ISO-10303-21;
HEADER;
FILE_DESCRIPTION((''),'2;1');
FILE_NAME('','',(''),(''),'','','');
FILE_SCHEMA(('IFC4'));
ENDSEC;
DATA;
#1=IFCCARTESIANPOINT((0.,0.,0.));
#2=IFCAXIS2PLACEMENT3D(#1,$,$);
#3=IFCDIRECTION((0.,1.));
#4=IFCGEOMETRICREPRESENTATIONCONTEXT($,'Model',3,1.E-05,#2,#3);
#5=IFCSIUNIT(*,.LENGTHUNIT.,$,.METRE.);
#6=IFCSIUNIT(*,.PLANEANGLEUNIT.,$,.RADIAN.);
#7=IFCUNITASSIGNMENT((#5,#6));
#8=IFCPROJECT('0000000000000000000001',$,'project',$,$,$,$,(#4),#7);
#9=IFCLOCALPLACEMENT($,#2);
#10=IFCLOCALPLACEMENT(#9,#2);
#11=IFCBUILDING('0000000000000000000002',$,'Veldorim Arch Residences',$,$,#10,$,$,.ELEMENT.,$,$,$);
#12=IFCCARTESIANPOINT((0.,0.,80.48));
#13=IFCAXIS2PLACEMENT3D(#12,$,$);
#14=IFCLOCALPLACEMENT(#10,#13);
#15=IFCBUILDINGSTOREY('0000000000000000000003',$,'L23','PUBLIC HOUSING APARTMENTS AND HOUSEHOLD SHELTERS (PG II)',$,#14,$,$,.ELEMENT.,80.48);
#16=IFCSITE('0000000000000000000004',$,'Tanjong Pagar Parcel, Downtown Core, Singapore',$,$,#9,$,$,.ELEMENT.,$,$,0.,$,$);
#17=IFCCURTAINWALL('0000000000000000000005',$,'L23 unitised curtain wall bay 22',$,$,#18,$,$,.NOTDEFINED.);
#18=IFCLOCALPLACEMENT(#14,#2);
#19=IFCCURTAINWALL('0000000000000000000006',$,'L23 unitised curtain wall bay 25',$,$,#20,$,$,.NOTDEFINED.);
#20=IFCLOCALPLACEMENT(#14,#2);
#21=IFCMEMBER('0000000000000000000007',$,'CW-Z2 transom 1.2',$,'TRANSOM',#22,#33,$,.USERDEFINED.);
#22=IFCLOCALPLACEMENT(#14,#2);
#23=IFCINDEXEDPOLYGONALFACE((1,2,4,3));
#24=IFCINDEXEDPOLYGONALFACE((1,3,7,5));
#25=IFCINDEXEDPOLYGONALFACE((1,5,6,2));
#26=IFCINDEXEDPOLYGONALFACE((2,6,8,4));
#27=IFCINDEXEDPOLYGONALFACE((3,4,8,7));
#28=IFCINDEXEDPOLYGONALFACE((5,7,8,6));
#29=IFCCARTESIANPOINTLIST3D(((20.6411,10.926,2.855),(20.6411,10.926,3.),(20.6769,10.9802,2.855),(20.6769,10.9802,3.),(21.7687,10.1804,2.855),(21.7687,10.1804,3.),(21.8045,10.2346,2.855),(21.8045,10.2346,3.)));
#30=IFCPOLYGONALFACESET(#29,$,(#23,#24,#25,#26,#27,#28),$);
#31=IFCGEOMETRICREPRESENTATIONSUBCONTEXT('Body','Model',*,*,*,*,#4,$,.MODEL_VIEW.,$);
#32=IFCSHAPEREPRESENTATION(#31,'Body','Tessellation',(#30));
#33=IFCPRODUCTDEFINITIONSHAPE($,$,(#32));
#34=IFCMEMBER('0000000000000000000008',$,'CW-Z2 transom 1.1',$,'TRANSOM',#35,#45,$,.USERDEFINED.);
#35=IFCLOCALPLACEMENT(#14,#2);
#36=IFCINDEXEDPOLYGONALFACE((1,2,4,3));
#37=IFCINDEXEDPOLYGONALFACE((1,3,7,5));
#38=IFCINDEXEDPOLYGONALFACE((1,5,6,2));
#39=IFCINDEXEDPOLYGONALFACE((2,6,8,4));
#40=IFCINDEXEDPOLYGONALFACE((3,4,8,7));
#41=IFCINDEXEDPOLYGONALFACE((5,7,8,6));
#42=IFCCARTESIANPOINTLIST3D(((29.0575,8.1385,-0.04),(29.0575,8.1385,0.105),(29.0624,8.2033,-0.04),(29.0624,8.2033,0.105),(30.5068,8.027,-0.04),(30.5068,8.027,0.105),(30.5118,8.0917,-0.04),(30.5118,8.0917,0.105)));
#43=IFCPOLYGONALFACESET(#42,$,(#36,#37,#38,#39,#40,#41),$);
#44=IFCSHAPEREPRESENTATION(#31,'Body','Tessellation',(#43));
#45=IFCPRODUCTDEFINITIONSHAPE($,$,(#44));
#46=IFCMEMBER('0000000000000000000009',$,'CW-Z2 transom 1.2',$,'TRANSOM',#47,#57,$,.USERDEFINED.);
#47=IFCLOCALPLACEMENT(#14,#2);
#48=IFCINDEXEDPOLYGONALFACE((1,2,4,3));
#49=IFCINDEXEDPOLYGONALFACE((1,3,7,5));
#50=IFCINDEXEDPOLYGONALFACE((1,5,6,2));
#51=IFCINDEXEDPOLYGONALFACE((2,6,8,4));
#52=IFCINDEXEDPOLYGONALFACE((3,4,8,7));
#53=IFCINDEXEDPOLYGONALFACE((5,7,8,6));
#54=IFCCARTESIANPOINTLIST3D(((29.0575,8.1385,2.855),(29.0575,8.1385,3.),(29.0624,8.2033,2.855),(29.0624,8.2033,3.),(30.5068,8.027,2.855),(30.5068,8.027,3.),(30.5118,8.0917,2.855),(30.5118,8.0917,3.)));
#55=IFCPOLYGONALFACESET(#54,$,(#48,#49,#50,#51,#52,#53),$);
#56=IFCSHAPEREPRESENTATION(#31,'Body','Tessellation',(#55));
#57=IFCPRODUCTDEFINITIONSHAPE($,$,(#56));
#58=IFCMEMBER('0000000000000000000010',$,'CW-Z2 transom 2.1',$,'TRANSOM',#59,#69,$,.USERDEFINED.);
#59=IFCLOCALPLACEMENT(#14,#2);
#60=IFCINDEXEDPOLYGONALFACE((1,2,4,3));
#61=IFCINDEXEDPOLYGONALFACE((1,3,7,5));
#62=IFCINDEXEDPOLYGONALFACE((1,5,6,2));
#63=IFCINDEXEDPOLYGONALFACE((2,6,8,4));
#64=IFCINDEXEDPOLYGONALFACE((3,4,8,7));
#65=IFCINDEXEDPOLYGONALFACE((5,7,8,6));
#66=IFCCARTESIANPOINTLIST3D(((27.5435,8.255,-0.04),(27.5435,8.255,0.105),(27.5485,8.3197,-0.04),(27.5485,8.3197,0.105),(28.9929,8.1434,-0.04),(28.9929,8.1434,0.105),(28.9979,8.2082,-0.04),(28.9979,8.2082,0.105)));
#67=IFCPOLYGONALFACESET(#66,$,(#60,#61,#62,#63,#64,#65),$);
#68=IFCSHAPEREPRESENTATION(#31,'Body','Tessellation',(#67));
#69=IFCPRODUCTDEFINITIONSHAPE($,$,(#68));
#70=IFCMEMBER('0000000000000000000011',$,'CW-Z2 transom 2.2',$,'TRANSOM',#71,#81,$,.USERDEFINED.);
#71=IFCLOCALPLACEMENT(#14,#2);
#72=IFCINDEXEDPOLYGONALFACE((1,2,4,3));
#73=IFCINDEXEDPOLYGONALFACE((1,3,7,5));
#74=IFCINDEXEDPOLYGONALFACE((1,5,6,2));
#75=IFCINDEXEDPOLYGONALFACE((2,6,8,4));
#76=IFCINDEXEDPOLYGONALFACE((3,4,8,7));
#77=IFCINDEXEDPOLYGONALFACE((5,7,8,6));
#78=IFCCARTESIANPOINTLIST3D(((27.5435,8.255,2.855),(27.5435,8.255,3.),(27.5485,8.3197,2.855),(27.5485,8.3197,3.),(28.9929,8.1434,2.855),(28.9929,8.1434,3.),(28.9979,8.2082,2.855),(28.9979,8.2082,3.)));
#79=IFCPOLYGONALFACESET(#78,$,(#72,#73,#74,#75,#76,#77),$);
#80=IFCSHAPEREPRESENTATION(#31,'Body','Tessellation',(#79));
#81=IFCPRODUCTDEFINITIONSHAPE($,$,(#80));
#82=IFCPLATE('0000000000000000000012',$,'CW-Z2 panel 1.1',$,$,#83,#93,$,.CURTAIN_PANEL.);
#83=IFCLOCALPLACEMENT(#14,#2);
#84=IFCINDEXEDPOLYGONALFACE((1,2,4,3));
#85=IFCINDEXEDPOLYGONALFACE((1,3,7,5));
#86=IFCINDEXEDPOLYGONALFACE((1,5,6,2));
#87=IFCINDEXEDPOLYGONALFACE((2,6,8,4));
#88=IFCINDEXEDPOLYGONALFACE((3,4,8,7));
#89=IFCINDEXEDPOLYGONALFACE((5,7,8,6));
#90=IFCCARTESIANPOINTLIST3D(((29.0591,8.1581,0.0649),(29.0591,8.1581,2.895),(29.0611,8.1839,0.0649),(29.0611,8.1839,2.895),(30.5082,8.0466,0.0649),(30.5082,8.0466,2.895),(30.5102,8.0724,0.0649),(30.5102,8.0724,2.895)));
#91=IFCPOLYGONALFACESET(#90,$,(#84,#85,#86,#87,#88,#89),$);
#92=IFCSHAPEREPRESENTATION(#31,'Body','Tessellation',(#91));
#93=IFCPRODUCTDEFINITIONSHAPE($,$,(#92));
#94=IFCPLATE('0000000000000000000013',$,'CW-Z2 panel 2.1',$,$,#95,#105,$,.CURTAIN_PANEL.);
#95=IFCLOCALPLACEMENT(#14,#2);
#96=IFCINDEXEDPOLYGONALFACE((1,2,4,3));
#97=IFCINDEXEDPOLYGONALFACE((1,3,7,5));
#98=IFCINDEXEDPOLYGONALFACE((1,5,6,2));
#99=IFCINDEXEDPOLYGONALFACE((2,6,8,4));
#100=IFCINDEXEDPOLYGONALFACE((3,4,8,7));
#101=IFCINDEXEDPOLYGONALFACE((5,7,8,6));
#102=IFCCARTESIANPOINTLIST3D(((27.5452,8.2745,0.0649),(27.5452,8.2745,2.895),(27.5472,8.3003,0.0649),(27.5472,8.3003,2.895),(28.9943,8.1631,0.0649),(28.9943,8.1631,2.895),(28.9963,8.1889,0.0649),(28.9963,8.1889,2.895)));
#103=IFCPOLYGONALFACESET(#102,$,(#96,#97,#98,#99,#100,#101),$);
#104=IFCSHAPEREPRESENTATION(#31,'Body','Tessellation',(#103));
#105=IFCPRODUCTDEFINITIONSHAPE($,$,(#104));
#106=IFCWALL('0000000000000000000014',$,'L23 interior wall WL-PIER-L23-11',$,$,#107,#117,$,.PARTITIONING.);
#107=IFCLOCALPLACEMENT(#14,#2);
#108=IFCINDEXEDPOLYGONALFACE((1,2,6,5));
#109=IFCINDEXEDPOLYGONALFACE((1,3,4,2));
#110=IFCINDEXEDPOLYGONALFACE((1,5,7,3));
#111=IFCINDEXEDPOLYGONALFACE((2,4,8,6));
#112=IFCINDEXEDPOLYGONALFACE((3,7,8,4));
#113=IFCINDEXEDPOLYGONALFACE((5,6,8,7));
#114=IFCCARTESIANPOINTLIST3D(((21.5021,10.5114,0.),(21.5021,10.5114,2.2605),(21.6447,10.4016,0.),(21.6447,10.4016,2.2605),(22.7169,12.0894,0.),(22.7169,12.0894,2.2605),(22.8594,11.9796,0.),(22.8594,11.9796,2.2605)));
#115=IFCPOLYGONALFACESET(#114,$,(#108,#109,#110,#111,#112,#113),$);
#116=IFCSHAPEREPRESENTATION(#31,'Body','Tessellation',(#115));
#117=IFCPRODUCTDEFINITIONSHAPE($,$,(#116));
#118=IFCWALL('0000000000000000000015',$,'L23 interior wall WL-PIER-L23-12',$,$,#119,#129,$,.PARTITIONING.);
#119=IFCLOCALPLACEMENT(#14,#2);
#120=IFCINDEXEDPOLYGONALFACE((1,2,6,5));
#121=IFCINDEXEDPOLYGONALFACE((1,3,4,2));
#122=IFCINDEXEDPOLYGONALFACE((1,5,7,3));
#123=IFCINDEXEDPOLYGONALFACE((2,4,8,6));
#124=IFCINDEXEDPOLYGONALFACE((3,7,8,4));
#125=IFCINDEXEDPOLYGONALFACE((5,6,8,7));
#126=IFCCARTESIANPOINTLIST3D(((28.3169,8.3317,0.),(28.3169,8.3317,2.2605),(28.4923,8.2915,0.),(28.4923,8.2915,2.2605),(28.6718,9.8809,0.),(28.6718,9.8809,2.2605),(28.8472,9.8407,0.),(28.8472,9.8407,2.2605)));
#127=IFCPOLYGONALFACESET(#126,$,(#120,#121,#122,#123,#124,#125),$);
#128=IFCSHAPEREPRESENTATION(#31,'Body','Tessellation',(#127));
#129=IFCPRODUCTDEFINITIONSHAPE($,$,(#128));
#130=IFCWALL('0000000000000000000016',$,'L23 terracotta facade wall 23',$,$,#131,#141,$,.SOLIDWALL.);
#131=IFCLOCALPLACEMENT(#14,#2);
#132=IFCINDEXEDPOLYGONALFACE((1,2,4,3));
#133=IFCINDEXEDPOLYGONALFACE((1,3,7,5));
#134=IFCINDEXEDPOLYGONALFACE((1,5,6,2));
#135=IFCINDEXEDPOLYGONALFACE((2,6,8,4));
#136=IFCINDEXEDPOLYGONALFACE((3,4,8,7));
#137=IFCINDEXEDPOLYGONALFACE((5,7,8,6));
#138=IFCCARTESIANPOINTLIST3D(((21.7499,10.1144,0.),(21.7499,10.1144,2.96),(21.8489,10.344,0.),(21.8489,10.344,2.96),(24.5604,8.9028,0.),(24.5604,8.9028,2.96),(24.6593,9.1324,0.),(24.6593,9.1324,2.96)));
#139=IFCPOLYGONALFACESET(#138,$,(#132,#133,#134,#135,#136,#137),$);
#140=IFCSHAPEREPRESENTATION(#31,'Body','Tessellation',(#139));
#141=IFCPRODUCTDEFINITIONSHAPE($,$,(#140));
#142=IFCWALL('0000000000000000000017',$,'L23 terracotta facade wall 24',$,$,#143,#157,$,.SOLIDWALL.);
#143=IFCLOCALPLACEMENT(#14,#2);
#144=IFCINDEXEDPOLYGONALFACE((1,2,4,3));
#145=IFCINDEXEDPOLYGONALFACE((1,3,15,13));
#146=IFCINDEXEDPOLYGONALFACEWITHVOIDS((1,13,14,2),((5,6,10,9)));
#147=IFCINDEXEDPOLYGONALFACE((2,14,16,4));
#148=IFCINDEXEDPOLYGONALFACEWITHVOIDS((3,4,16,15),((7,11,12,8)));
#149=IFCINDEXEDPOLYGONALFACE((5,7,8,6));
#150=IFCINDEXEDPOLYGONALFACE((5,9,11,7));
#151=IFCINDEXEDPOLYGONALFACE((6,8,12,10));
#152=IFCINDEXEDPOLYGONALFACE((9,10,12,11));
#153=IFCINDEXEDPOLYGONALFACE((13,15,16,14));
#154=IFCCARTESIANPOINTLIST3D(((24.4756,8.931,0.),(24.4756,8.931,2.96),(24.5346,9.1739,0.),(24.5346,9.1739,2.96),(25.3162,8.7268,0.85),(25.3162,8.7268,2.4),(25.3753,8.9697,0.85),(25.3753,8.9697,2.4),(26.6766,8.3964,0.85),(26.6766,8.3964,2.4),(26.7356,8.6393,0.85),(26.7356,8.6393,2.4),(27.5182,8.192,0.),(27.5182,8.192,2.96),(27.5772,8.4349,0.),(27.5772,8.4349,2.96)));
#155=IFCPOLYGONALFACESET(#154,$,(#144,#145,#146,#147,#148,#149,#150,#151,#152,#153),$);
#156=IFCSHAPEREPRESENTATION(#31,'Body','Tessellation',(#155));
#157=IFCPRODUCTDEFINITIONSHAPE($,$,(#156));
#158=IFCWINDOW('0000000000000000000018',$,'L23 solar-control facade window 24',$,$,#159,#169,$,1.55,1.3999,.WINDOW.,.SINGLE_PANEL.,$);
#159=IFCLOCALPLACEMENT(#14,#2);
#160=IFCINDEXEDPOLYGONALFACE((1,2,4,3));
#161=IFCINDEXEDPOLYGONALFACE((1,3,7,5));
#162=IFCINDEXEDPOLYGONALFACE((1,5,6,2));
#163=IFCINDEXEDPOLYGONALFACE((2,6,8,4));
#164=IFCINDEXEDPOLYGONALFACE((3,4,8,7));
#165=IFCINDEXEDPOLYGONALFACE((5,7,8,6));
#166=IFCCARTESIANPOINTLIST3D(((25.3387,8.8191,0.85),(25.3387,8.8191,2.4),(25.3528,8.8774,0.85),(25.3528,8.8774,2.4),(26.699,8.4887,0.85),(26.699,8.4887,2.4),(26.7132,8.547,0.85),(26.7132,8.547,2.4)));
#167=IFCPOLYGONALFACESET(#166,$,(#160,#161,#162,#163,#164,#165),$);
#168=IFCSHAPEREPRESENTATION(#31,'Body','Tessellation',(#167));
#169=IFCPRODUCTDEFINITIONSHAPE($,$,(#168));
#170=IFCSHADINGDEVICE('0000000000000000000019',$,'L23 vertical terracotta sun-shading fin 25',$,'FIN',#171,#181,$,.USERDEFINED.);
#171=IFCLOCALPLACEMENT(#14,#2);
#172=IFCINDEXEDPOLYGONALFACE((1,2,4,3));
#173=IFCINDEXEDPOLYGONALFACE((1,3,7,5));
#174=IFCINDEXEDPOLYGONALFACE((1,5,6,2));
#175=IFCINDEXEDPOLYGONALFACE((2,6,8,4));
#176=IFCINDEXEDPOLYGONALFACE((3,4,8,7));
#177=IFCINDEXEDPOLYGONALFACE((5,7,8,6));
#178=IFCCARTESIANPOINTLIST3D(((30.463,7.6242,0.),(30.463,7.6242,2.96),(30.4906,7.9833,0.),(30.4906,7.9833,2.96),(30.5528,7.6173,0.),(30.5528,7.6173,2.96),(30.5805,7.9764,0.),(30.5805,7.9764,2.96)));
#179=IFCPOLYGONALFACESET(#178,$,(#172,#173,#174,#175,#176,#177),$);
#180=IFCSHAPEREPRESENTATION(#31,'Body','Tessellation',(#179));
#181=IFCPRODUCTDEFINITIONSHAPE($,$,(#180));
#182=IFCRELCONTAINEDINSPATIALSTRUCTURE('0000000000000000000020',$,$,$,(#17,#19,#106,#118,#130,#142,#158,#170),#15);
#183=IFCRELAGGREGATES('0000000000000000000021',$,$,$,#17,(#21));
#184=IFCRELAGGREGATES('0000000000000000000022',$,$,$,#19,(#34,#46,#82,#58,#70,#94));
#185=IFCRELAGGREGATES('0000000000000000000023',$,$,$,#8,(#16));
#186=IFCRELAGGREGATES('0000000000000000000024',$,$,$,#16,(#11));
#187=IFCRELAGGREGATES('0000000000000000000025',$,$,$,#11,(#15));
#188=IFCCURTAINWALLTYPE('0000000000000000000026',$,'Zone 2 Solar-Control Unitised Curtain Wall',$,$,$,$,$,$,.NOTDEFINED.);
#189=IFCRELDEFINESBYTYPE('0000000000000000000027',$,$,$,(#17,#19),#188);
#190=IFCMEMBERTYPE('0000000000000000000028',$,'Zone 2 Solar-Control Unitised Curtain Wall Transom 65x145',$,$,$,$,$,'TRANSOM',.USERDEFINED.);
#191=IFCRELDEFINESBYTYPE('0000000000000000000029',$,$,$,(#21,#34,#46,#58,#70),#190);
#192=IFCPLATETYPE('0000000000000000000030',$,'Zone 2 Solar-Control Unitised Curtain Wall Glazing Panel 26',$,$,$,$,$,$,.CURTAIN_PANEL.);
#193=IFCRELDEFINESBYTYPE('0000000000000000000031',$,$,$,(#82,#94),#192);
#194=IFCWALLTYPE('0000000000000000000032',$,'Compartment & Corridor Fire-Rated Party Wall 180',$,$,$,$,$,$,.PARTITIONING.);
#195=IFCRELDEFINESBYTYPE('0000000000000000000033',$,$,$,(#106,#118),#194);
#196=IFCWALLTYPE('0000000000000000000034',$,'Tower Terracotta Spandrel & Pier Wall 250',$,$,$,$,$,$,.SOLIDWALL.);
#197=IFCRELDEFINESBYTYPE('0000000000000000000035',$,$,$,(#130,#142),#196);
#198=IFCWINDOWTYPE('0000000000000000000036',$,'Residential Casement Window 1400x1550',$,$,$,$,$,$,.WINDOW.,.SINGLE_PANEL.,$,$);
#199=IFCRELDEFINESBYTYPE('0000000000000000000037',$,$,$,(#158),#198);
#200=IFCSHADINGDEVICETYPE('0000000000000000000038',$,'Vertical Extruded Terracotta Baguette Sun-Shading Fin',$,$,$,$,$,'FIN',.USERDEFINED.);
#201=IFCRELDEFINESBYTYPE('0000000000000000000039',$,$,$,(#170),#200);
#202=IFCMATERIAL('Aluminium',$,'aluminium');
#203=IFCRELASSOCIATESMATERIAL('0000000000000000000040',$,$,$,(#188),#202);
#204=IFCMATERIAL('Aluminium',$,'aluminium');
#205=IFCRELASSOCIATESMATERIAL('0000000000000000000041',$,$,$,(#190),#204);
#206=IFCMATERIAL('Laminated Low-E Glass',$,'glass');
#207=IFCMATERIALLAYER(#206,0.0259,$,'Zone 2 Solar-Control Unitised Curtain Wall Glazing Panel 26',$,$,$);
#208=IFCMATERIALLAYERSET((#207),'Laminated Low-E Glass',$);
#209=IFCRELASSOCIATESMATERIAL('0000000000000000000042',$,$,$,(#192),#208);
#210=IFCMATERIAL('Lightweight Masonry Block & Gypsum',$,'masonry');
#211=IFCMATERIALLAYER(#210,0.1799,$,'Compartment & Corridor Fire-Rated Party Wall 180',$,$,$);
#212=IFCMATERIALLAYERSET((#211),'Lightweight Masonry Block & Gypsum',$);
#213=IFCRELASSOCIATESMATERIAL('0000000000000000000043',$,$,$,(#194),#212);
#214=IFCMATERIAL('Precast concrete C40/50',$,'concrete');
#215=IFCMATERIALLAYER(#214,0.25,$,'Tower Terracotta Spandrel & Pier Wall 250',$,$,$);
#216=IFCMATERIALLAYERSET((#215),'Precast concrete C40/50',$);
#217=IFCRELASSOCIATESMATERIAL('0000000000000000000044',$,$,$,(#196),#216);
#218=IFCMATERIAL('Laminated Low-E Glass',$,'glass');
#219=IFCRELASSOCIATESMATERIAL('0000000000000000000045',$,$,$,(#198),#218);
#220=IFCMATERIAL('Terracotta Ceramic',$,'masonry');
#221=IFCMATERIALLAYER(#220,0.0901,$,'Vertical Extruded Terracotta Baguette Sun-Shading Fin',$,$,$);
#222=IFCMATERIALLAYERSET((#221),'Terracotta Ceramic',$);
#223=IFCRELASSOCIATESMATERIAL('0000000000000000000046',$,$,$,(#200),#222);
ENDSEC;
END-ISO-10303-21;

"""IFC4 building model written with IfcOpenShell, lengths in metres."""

from ifc_helpers import new_model, si_unit, direction, frame, frame_2d, origin, origin_2d, place, context, subcontext, project, spatial, rectangle, extrude, material, layer, layer_set, material_profile, profile_set, type_object, element, fill, aggregate, save


model = new_model("IFC4")

# Units and contexts
model_context = context("Model", 3, precision=1e-05, world=origin(), true_north=direction((0.0, 1.0)))
body_context = subcontext(model_context, "Body", "Model", "MODEL_VIEW")
ifc_project = project(units=[si_unit("LENGTHUNIT", "METRE"), si_unit("PLANEANGLEUNIT", "RADIAN")], contexts=[model_context])

# Site, building, storey
site_placement = place(None, origin())
site = spatial("IfcSite", under=ifc_project, at=site_placement, Name="Tanjong Pagar Parcel, Downtown Core, Singapore", CompositionType="ELEMENT", RefElevation=0.0)
building_placement = place(site_placement, origin())
building = spatial("IfcBuilding", under=site, at=building_placement, Name="Veldorim Arch Residences", CompositionType="ELEMENT")
storey_placement = place(building_placement, frame((0.0, 0.0, 80.48)))
storey = spatial("IfcBuildingStorey", under=building, at=storey_placement, Name="L23", Description="PUBLIC HOUSING APARTMENTS AND HOUSEHOLD SHELTERS (PG II)", CompositionType="ELEMENT", Elevation=80.48)

# Curtain wall
ifc_material_1 = material(Name="Aluminium", Category="aluminium")
curtain_wall_type = type_object("IfcCurtainWallType", Name="Zone 2 Solar-Control Unitised Curtain Wall", PredefinedType="NOTDEFINED", material=ifc_material_1)
curtain_wall_1_placement = place(storey_placement, origin())
curtain_wall_1 = element("IfcCurtainWall", 1, at=curtain_wall_1_placement, inside=storey, type_object=curtain_wall_type, Name="L23 unitised curtain wall bay 22", PredefinedType="NOTDEFINED")

# Curtain wall
curtain_wall_2_placement = place(storey_placement, origin())
curtain_wall_2 = element("IfcCurtainWall", 2, at=curtain_wall_2_placement, inside=storey, type_object=curtain_wall_type, Name="L23 unitised curtain wall bay 25", PredefinedType="NOTDEFINED")

# Members
ifc_material_2 = material(Name="Aluminium", Category="aluminium")
ifc_material_profile_1 = material_profile(ifc_material_2, rectangle(XDim=0.0649, YDim=0.145, at=origin_2d()), Name="ALU_TRN_65x145")
ifc_profile_set_1 = profile_set([ifc_material_profile_1], Name="Aluminium")
member_type_1 = type_object("IfcMemberType", Name="Zone 2 Solar-Control Unitised Curtain Wall Transom 65x145", ElementType="TRANSOM", PredefinedType="USERDEFINED", material=ifc_profile_set_1)
member_1_placement = place(storey_placement, frame((21.7866, 10.2075, 2.9275), z_axis=(-0.834156, 0.551529, 0.0), x_axis=(-0.551529, -0.834156, 0.0)))
member_1 = element("IfcMember", 3, at=member_1_placement, type_object=member_type_1, Name="CW-Z2 transom 1.2", ObjectType="TRANSOM", PredefinedType="USERDEFINED", context=body_context, shape_type="SweptSolid", body=[
    extrude(rectangle(XDim=0.0649, YDim=0.145, at=origin_2d()), origin(), (0.0, 0.0, 1.0), 1.3518),
])
aggregate(curtain_wall_1, [member_1])
member_2_placement = place(storey_placement, frame((30.5093, 8.0593, 0.0325), z_axis=(-0.99705, 0.076761, 0.0), x_axis=(-0.076761, -0.99705, 0.0)))
member_2 = element("IfcMember", 4, at=member_2_placement, type_object=member_type_1, Name="CW-Z2 transom 1.1", ObjectType="TRANSOM", PredefinedType="USERDEFINED", context=body_context, shape_type="SweptSolid", body=[
    extrude(rectangle(XDim=0.0649, YDim=0.145, at=origin_2d()), origin(), (0.0, 0.0, 1.0), 1.4536),
])
member_3_placement = place(storey_placement, frame((30.5093, 8.0593, 2.9275), z_axis=(-0.99705, 0.076761, 0.0), x_axis=(-0.076761, -0.99705, 0.0)))
member_3 = element("IfcMember", 5, at=member_3_placement, type_object=member_type_1, Name="CW-Z2 transom 1.2", ObjectType="TRANSOM", PredefinedType="USERDEFINED", context=body_context, shape_type="SweptSolid", body=[
    extrude(rectangle(XDim=0.0649, YDim=0.145, at=origin_2d()), origin(), (0.0, 0.0, 1.0), 1.4536),
])
member_4_placement = place(storey_placement, frame((28.9954, 8.1758, 0.0325), z_axis=(-0.99705, 0.076761, 0.0), x_axis=(-0.076761, -0.99705, 0.0)))
member_4 = element("IfcMember", 6, at=member_4_placement, type_object=member_type_1, Name="CW-Z2 transom 2.1", ObjectType="TRANSOM", PredefinedType="USERDEFINED", context=body_context, shape_type="SweptSolid", body=[
    extrude(rectangle(XDim=0.0649, YDim=0.145, at=origin_2d()), origin(), (0.0, 0.0, 1.0), 1.4536),
])
member_5_placement = place(storey_placement, frame((28.9954, 8.1758, 2.9275), z_axis=(-0.99705, 0.076761, 0.0), x_axis=(-0.076761, -0.99705, 0.0)))
member_5 = element("IfcMember", 7, at=member_5_placement, type_object=member_type_1, Name="CW-Z2 transom 2.2", ObjectType="TRANSOM", PredefinedType="USERDEFINED", context=body_context, shape_type="SweptSolid", body=[
    extrude(rectangle(XDim=0.0649, YDim=0.145, at=origin_2d()), origin(), (0.0, 0.0, 1.0), 1.4536),
])

# Plates
ifc_material_3 = material(Name="Laminated Low-E Glass", Category="glass")
ifc_layer_1 = layer(ifc_material_3, 0.0259, Name="Zone 2 Solar-Control Unitised Curtain Wall Glazing Panel 26")
ifc_layer_set_1 = layer_set([ifc_layer_1], Name="Laminated Low-E Glass")
plate_type = type_object("IfcPlateType", Name="Zone 2 Solar-Control Unitised Curtain Wall Glazing Panel 26", PredefinedType="CURTAIN_PANEL", material=ifc_layer_set_1)
plate_1_placement = place(storey_placement, frame((29.7847, 8.1152, 0.0649), z_axis=(0.0, 0.0, 1.0), x_axis=(-0.997054, 0.076696, 0.0)))
plate_1 = element("IfcPlate", 8, at=plate_1_placement, type_object=plate_type, Name="CW-Z2 panel 1.1", PredefinedType="CURTAIN_PANEL", context=body_context, shape_type="SweptSolid", body=[
    extrude(rectangle(XDim=1.4534, YDim=0.0259, at=origin_2d()), origin(), (0.0, 0.0, 1.0), 2.8301),
])
plate_2_placement = place(storey_placement, frame((28.2708, 8.2317, 0.0649), z_axis=(0.0, 0.0, 1.0), x_axis=(-0.997054, 0.076696, 0.0)))
plate_2 = element("IfcPlate", 9, at=plate_2_placement, type_object=plate_type, Name="CW-Z2 panel 2.1", PredefinedType="CURTAIN_PANEL", context=body_context, shape_type="SweptSolid", body=[
    extrude(rectangle(XDim=1.4534, YDim=0.0259, at=origin_2d()), origin(), (0.0, 0.0, 1.0), 2.8301),
])
aggregate(curtain_wall_2, [member_2, member_3, plate_1, member_4, member_5, plate_2])

# Walls
ifc_material_4 = material(Name="Lightweight Masonry Block & Gypsum", Category="masonry")
ifc_layer_2 = layer(ifc_material_4, 0.1799, Name="Compartment & Corridor Fire-Rated Party Wall 180")
ifc_layer_set_2 = layer_set([ifc_layer_2], Name="Lightweight Masonry Block & Gypsum")
wall_type_1 = type_object("IfcWallType", Name="Compartment & Corridor Fire-Rated Party Wall 180", PredefinedType="PARTITIONING", material=ifc_layer_set_2)
wall_1_placement = place(storey_placement, frame((22.7881, 12.0344, 0.0), z_axis=(0.0, 0.0, 1.0), x_axis=(-0.609995, -0.792405, 0.0)))
element("IfcWall", 10, at=wall_1_placement, inside=storey, type_object=wall_type_1, Name="L23 interior wall WL-PIER-L23-11", PredefinedType="PARTITIONING", context=body_context, shape_type="SweptSolid", body=[
    extrude(rectangle(XDim=1.9915, YDim=0.1799, at=frame_2d((0.9956, 0.0))), origin(), (0.0, 0.0, 1.0), 2.2605),
])
wall_2_placement = place(storey_placement, frame((28.7595, 9.8608, 0.0), z_axis=(0.0, 0.0, 1.0), x_axis=(-0.223334, -0.974742, 0.0)))
element("IfcWall", 11, at=wall_2_placement, inside=storey, type_object=wall_type_1, Name="L23 interior wall WL-PIER-L23-12", PredefinedType="PARTITIONING", context=body_context, shape_type="SweptSolid", body=[
    extrude(rectangle(XDim=1.5894, YDim=0.1799, at=frame_2d((0.7947, 0.0))), origin(), (0.0, 0.0, 1.0), 2.2605),
])
ifc_material_5 = material(Name="Precast concrete C40/50", Category="concrete")
ifc_layer_3 = layer(ifc_material_5, 0.25, Name="Tower Terracotta Spandrel & Pier Wall 250")
ifc_layer_set_3 = layer_set([ifc_layer_3], Name="Precast concrete C40/50")
wall_type_2 = type_object("IfcWallType", Name="Tower Terracotta Spandrel & Pier Wall 250", PredefinedType="SOLIDWALL", material=ifc_layer_set_3)
wall_3_placement = place(storey_placement, frame((24.6099, 9.0176, 0.0), z_axis=(0.0, 0.0, 1.0), x_axis=(-0.918297, 0.395892, 0.0)))
element("IfcWall", 12, at=wall_3_placement, inside=storey, type_object=wall_type_2, Name="L23 terracotta facade wall 23", PredefinedType="SOLIDWALL", context=body_context, shape_type="SweptSolid", body=[
    extrude(rectangle(XDim=3.0605, YDim=0.25, at=frame_2d((1.5303, 0.0))), origin(), (0.0, 0.0, 1.0), 2.96),
])

# Wall, opening, window
wall_4_placement = place(storey_placement, frame((27.5476, 8.3135, 0.0), z_axis=(0.0, 0.0, 1.0), x_axis=(-0.971749, 0.236017, 0.0)))
wall_4 = element("IfcWall", 13, at=wall_4_placement, inside=storey, type_object=wall_type_2, Name="L23 terracotta facade wall 24", PredefinedType="SOLIDWALL", context=body_context, shape_type="SweptSolid", body=[
    extrude(rectangle(XDim=3.1311, YDim=0.25, at=frame_2d((1.5654, 0.0))), origin(), (0.0, 0.0, 1.0), 2.96),
])
opening_placement = place(wall_4_placement, frame((0.866, 0.0, 0.8501)))
opening = element("IfcOpeningElement", 14, at=opening_placement, cuts=wall_4, PredefinedType="OPENING", context=body_context, shape_type="SweptSolid", body=[
    extrude(rectangle(XDim=1.3999, YDim=1.55, at=frame_2d((0.7, 0.7749))), frame((0.0, 0.135, 0.0), z_axis=(0.0, -1.0, 0.0), x_axis=(1.0, 0.0, 0.0)), (0.0, 0.0, 1.0), 0.27),
])
ifc_material_6 = material(Name="Laminated Low-E Glass", Category="glass")
window_type = type_object("IfcWindowType", Name="Residential Casement Window 1400x1550", PartitioningType="SINGLE_PANEL", PredefinedType="WINDOW", material=ifc_material_6)
window_placement = place(opening_placement, origin())
window = element("IfcWindow", 15, at=window_placement, inside=storey, type_object=window_type, Name="L23 solar-control facade window 24", OverallHeight=1.55, OverallWidth=1.3999, PartitioningType="SINGLE_PANEL", PredefinedType="WINDOW", context=body_context, shape_type="SweptSolid", body=[
    extrude(rectangle(XDim=1.3999, YDim=1.55, at=frame_2d((0.7, 0.7749))), frame((0.0, 0.03, 0.0), z_axis=(0.0, -1.0, 0.0), x_axis=(1.0, 0.0, 0.0)), (0.0, 0.0, 1.0), 0.0601),
])
fill(opening, window)

# Shading device
ifc_material_7 = material(Name="Terracotta Ceramic", Category="masonry")
ifc_layer_4 = layer(ifc_material_7, 0.0901, Name="Vertical Extruded Terracotta Baguette Sun-Shading Fin")
ifc_layer_set_4 = layer_set([ifc_layer_4], Name="Terracotta Ceramic")
shading_device_type = type_object("IfcShadingDeviceType", Name="Vertical Extruded Terracotta Baguette Sun-Shading Fin", ElementType="FIN", PredefinedType="USERDEFINED", material=ifc_layer_set_4)
shading_device_placement = place(storey_placement, frame((30.5217, 7.8003, 0.0), z_axis=(0.0, 0.0, 1.0), x_axis=(-0.997053, 0.076719, 0.0)))
element("IfcShadingDevice", 16, at=shading_device_placement, inside=storey, type_object=shading_device_type, Name="L23 vertical terracotta sun-shading fin 25", ObjectType="FIN", PredefinedType="USERDEFINED", context=body_context, shape_type="SweptSolid", body=[
    extrude(rectangle(XDim=0.0901, YDim=0.3601, at=origin_2d()), origin(), (0.0, 0.0, 1.0), 2.96),
])

save(model, "model.ifc")
